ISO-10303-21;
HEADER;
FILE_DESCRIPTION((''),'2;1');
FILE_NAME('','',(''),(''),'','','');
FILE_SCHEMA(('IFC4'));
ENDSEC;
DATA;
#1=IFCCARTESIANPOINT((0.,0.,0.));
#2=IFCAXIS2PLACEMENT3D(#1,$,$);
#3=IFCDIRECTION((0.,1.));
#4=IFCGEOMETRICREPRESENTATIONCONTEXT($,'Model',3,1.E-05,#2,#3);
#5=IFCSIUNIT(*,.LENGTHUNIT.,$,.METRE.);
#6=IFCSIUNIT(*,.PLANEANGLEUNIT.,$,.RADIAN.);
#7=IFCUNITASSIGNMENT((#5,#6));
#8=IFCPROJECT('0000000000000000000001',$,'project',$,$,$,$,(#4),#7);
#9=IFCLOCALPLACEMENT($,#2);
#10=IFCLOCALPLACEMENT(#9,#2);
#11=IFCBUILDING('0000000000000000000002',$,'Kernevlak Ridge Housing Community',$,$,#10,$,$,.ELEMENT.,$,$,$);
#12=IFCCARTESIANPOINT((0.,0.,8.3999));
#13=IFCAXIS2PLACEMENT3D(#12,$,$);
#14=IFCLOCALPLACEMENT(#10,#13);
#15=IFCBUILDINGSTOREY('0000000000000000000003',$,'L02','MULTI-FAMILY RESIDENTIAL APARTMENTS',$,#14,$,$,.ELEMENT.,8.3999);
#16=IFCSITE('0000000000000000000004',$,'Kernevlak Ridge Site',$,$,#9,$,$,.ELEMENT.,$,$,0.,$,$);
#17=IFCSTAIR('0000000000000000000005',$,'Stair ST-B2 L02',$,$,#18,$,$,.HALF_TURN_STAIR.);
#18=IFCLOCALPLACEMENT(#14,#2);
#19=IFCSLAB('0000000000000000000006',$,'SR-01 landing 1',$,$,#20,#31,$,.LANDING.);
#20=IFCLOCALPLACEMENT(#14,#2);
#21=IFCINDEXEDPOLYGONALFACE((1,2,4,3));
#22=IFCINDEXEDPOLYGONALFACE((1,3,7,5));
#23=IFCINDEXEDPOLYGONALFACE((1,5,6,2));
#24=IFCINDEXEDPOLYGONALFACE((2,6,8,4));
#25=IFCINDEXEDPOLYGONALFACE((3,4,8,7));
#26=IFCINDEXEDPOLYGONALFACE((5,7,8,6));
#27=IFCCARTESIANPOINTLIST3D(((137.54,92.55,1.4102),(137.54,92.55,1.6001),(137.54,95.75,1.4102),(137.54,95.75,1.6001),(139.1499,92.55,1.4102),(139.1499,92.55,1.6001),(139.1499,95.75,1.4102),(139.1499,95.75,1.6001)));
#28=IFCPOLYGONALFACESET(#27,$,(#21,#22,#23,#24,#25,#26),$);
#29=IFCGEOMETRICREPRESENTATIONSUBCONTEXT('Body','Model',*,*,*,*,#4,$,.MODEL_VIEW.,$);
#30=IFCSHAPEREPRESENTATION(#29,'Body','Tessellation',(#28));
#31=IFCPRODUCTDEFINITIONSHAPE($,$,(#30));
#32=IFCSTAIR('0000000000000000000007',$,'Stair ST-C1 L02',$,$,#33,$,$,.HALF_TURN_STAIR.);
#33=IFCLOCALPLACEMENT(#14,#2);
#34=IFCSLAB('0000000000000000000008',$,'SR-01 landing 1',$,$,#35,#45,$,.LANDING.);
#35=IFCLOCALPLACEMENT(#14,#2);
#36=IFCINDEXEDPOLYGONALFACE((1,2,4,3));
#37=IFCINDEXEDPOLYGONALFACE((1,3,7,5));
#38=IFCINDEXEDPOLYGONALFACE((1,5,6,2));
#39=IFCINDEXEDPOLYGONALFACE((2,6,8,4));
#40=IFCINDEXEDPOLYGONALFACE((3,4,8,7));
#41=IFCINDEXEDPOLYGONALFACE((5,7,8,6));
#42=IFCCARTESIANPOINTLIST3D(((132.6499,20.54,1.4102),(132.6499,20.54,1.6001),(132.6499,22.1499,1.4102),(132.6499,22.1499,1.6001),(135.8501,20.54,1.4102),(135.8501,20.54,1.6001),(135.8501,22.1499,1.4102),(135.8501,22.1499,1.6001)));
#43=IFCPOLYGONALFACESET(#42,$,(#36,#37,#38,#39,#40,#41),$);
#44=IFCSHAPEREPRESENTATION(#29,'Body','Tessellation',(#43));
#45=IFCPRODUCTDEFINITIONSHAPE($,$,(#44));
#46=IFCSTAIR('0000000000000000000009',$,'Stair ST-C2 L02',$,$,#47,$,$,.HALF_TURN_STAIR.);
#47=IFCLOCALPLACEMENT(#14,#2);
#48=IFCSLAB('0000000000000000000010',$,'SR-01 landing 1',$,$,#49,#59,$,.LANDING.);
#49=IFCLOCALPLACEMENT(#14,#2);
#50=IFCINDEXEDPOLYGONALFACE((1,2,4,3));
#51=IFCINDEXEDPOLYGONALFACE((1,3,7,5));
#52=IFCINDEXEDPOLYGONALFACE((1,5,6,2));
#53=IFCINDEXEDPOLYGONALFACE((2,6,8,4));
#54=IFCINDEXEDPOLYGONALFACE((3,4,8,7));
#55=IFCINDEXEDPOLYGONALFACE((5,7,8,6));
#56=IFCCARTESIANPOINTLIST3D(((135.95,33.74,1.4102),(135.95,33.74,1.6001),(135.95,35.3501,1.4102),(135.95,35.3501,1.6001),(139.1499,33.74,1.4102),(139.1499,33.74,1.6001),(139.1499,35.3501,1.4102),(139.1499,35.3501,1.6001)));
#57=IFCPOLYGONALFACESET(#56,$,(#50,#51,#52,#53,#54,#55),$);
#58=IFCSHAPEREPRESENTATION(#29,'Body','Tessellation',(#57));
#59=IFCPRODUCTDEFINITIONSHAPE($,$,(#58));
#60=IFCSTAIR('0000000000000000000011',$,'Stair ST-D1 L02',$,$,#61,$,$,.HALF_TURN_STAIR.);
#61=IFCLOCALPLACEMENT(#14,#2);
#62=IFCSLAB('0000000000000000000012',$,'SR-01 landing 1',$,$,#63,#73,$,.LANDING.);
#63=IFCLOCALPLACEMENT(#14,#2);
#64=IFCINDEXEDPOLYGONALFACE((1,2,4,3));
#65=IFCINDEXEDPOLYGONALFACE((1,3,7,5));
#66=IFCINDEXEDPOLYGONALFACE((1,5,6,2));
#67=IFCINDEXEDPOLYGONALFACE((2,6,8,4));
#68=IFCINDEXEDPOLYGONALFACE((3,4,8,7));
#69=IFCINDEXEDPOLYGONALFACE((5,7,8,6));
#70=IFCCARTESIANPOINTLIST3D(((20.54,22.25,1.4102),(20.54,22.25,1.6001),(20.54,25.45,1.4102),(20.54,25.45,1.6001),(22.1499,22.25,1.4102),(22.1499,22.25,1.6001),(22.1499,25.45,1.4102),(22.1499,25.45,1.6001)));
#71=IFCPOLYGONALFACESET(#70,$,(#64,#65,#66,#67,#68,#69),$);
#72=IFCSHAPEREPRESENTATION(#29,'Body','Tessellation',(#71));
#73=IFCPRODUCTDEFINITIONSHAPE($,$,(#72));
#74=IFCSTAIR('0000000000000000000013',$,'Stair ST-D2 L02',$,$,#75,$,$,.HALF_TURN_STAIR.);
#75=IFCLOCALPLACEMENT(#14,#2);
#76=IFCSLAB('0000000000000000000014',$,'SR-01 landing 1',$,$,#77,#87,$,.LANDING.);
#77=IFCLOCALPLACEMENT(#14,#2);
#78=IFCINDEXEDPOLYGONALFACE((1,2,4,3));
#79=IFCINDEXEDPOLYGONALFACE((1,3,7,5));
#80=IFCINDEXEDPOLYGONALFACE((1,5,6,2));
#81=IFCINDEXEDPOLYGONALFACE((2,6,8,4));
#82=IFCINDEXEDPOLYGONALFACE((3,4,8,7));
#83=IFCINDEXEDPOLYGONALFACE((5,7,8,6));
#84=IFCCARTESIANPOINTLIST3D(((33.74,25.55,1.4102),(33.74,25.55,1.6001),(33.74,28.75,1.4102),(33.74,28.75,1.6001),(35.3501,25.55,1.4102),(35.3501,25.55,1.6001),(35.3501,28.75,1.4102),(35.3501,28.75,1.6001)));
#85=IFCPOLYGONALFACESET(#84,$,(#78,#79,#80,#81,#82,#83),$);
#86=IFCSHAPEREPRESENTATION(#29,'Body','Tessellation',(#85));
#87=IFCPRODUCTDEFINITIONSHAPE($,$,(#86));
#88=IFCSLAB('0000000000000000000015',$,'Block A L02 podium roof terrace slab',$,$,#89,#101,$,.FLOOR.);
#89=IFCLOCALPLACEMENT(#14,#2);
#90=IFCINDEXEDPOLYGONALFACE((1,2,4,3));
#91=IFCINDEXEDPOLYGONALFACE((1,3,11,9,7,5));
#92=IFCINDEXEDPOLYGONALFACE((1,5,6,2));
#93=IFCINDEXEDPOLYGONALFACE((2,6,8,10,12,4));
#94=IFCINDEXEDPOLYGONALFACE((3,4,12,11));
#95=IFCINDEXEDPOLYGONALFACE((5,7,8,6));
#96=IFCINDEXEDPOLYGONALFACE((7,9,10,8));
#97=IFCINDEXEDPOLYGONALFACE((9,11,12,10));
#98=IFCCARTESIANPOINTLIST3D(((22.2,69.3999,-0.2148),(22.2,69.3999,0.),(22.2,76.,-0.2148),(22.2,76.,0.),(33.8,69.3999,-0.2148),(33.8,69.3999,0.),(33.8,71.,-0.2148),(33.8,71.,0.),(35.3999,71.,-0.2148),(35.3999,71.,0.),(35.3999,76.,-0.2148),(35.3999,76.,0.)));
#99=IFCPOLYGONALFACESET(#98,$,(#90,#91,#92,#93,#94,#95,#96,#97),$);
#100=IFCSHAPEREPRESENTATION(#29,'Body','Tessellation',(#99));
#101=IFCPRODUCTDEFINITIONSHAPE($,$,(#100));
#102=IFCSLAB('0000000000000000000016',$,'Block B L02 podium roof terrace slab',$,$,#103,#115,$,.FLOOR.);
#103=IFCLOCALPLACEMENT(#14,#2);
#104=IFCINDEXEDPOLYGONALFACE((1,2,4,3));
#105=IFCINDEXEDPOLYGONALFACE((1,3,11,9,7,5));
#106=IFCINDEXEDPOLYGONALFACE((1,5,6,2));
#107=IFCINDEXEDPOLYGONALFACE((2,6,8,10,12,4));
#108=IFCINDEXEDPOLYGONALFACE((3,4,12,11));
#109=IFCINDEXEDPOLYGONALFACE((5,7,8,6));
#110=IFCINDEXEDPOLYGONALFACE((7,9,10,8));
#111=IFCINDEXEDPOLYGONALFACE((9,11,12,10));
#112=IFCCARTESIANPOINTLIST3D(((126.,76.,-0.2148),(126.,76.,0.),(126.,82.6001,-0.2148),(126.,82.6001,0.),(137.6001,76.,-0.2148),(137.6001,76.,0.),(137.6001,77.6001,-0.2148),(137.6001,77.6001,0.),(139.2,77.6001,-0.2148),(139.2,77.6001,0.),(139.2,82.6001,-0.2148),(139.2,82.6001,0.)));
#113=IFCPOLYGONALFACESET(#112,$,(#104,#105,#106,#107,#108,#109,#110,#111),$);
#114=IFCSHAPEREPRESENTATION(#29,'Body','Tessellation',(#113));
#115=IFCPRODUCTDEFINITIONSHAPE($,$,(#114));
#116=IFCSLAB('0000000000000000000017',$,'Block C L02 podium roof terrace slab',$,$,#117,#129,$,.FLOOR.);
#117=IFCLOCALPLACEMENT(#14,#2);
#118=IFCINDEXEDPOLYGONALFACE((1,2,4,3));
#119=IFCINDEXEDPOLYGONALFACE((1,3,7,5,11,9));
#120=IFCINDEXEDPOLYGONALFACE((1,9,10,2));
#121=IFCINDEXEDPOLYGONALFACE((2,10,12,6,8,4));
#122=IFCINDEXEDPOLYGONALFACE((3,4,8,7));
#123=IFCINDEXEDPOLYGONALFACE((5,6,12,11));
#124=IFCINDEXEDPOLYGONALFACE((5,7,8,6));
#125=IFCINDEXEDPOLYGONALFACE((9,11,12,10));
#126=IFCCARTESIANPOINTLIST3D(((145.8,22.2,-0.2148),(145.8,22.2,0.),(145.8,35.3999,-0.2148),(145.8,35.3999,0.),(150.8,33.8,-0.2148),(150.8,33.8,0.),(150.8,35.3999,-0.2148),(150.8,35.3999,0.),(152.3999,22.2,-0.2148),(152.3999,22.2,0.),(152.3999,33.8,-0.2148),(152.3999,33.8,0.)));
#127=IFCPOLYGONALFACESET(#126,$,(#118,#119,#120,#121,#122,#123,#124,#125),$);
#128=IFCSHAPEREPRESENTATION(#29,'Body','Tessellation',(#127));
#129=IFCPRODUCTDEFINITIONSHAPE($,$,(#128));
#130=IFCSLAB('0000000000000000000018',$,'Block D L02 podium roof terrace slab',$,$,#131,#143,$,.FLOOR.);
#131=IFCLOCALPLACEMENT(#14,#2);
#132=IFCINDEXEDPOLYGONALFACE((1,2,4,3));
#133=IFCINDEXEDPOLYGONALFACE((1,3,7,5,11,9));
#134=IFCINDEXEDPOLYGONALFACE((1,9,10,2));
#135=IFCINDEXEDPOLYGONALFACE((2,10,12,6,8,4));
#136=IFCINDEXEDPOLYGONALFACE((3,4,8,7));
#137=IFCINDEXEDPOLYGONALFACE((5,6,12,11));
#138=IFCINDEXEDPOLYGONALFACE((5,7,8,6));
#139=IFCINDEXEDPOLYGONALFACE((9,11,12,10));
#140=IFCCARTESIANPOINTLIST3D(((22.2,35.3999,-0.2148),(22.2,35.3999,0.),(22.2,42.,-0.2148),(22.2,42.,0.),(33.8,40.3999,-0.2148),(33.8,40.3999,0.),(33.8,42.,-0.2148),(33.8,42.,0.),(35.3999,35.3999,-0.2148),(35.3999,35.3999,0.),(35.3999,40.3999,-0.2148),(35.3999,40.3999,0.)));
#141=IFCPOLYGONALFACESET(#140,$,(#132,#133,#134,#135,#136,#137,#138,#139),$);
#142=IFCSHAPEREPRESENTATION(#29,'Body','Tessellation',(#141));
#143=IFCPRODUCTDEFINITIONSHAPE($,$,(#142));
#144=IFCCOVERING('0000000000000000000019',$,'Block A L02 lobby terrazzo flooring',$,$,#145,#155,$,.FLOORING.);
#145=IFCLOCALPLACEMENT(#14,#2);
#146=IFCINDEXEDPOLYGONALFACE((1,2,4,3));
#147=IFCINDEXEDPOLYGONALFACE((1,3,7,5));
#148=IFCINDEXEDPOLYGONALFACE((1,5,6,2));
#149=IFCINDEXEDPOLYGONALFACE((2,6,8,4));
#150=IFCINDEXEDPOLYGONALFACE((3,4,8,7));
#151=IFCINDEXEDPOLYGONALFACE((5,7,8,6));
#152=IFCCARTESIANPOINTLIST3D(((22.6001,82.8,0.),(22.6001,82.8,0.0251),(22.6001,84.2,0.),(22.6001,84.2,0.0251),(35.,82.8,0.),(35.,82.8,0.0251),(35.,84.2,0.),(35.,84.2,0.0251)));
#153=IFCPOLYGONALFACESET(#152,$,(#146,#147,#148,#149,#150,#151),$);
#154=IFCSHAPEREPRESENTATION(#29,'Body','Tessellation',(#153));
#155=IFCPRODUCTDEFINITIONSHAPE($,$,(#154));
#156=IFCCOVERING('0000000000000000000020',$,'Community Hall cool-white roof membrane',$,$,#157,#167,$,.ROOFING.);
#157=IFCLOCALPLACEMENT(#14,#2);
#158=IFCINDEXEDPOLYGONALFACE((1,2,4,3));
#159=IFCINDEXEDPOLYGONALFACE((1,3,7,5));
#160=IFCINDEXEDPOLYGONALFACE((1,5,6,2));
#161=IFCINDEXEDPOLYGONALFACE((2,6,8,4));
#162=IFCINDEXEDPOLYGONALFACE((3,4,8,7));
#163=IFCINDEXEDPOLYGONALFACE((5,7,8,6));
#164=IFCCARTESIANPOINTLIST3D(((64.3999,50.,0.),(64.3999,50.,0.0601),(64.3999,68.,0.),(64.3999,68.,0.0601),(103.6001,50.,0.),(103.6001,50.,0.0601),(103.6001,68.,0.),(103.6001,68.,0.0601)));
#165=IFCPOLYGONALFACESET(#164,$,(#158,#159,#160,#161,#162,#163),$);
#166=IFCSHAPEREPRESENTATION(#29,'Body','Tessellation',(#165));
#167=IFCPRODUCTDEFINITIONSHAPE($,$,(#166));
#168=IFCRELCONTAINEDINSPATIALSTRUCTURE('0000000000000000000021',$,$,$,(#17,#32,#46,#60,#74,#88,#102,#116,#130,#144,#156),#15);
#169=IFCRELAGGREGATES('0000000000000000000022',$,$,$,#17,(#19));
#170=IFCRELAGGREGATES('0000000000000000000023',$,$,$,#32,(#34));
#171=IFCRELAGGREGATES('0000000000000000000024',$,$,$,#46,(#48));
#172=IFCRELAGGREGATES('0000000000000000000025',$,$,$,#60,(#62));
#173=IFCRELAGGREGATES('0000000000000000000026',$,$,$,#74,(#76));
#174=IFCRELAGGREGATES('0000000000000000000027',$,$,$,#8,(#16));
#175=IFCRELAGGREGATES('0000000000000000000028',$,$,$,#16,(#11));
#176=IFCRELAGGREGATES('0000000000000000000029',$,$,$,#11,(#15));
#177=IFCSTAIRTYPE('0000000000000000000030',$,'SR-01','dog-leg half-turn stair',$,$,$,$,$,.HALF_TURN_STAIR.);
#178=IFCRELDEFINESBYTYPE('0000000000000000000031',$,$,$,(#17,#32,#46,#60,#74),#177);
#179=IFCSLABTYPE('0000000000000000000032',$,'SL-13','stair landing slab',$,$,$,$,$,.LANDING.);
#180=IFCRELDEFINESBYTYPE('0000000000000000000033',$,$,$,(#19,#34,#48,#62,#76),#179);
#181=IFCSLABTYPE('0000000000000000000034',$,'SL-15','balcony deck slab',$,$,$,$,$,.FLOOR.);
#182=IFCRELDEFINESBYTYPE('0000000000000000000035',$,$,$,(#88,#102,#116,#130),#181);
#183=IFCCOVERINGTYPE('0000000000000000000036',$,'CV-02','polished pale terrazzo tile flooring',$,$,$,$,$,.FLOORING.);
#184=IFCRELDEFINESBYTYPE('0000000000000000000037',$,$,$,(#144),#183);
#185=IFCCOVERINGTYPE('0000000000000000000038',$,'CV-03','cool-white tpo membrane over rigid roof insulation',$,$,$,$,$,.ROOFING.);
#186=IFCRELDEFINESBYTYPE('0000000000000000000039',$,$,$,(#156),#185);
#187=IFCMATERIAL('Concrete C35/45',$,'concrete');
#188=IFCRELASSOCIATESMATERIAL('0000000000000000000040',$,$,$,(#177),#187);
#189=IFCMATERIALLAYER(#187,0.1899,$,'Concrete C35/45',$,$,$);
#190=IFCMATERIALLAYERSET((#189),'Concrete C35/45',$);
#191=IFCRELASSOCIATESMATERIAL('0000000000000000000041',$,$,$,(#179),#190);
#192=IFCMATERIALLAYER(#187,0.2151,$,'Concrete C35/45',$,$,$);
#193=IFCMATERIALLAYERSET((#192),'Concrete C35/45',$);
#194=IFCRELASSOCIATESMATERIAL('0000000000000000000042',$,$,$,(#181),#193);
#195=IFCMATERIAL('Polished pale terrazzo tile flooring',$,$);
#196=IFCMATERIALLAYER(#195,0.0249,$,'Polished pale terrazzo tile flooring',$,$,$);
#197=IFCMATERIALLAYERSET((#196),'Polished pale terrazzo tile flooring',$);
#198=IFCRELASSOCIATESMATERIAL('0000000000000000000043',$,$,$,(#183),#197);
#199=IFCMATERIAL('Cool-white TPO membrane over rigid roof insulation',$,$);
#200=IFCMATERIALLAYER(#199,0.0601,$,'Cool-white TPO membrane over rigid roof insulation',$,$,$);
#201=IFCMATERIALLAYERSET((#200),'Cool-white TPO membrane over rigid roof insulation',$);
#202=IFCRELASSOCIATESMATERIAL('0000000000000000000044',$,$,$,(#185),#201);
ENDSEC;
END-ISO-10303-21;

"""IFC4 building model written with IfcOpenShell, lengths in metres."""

from ifc_helpers import new_model, si_unit, direction, frame, origin, place, context, subcontext, project, spatial, polyline, outline, extrude, material, layer, layer_set, type_object, element, aggregate, save


model = new_model("IFC4")

# Units and contexts
model_context = context("Model", 3, precision=1e-05, world=origin(), true_north=direction((0.0, 1.0)))
body_context = subcontext(model_context, "Body", "Model", "MODEL_VIEW")
ifc_project = project(units=[si_unit("LENGTHUNIT", "METRE"), si_unit("PLANEANGLEUNIT", "RADIAN")], contexts=[model_context])

# Site, building, storey
site_placement = place(None, origin())
site = spatial("IfcSite", under=ifc_project, at=site_placement, Name="Kernevlak Ridge Site", CompositionType="ELEMENT", RefElevation=0.0)
building_placement = place(site_placement, origin())
building = spatial("IfcBuilding", under=site, at=building_placement, Name="Kernevlak Ridge Housing Community", CompositionType="ELEMENT")
storey_placement = place(building_placement, frame((0.0, 0.0, 8.3999)))
storey = spatial("IfcBuildingStorey", under=building, at=storey_placement, Name="L02", Description="MULTI-FAMILY RESIDENTIAL APARTMENTS", CompositionType="ELEMENT", Elevation=8.3999)

# Shared definitions
ifc_material_1 = material(Name="Concrete C35/45", Category="concrete")

# Stairs, slabs
stair_type = type_object("IfcStairType", Name="SR-01", Description="dog-leg half-turn stair", PredefinedType="HALF_TURN_STAIR", material=ifc_material_1)
ifc_layer_1 = layer(ifc_material_1, 0.1899, Name="Concrete C35/45")
ifc_layer_set_1 = layer_set([ifc_layer_1], Name="Concrete C35/45")
slab_type_1 = type_object("IfcSlabType", Name="SL-13", Description="stair landing slab", PredefinedType="LANDING", material=ifc_layer_set_1)
stair_1_placement = place(storey_placement, origin())
stair_1 = element("IfcStair", 1, at=stair_1_placement, inside=storey, type_object=stair_type, Name="Stair ST-B2 L02", PredefinedType="HALF_TURN_STAIR")
slab_1_placement = place(storey_placement, frame((0.0, 0.0, 1.4102)))
slab_1 = element("IfcSlab", 2, at=slab_1_placement, type_object=slab_type_1, Name="SR-01 landing 1", PredefinedType="LANDING", context=body_context, shape_type="SweptSolid", body=[
    extrude(outline(polyline([(137.54, 92.55), (139.1499, 92.55), (139.1499, 95.75), (137.54, 95.75), (137.54, 92.55)])), origin(), (0.0, 0.0, 1.0), 0.1899),
])
aggregate(stair_1, [slab_1])
stair_2_placement = place(storey_placement, origin())
stair_2 = element("IfcStair", 3, at=stair_2_placement, inside=storey, type_object=stair_type, Name="Stair ST-C1 L02", PredefinedType="HALF_TURN_STAIR")
slab_2_placement = place(storey_placement, frame((0.0, 0.0, 1.4102)))
slab_2 = element("IfcSlab", 4, at=slab_2_placement, type_object=slab_type_1, Name="SR-01 landing 1", PredefinedType="LANDING", context=body_context, shape_type="SweptSolid", body=[
    extrude(outline(polyline([(135.8501, 20.54), (135.8501, 22.1499), (132.6499, 22.1499), (132.6499, 20.54), (135.8501, 20.54)])), origin(), (0.0, 0.0, 1.0), 0.1899),
])
aggregate(stair_2, [slab_2])
stair_3_placement = place(storey_placement, origin())
stair_3 = element("IfcStair", 5, at=stair_3_placement, inside=storey, type_object=stair_type, Name="Stair ST-C2 L02", PredefinedType="HALF_TURN_STAIR")
slab_3_placement = place(storey_placement, frame((0.0, 0.0, 1.4102)))
slab_3 = element("IfcSlab", 6, at=slab_3_placement, type_object=slab_type_1, Name="SR-01 landing 1", PredefinedType="LANDING", context=body_context, shape_type="SweptSolid", body=[
    extrude(outline(polyline([(139.1499, 33.74), (139.1499, 35.3501), (135.95, 35.3501), (135.95, 33.74), (139.1499, 33.74)])), origin(), (0.0, 0.0, 1.0), 0.1899),
])
aggregate(stair_3, [slab_3])
stair_4_placement = place(storey_placement, origin())
stair_4 = element("IfcStair", 7, at=stair_4_placement, inside=storey, type_object=stair_type, Name="Stair ST-D1 L02", PredefinedType="HALF_TURN_STAIR")
slab_4_placement = place(storey_placement, frame((0.0, 0.0, 1.4102)))
slab_4 = element("IfcSlab", 8, at=slab_4_placement, type_object=slab_type_1, Name="SR-01 landing 1", PredefinedType="LANDING", context=body_context, shape_type="SweptSolid", body=[
    extrude(outline(polyline([(20.54, 22.25), (22.1499, 22.25), (22.1499, 25.45), (20.54, 25.45), (20.54, 22.25)])), origin(), (0.0, 0.0, 1.0), 0.1899),
])
aggregate(stair_4, [slab_4])
stair_5_placement = place(storey_placement, origin())
stair_5 = element("IfcStair", 9, at=stair_5_placement, inside=storey, type_object=stair_type, Name="Stair ST-D2 L02", PredefinedType="HALF_TURN_STAIR")
slab_5_placement = place(storey_placement, frame((0.0, 0.0, 1.4102)))
slab_5 = element("IfcSlab", 10, at=slab_5_placement, type_object=slab_type_1, Name="SR-01 landing 1", PredefinedType="LANDING", context=body_context, shape_type="SweptSolid", body=[
    extrude(outline(polyline([(33.74, 25.55), (35.3501, 25.55), (35.3501, 28.75), (33.74, 28.75), (33.74, 25.55)])), origin(), (0.0, 0.0, 1.0), 0.1899),
])
aggregate(stair_5, [slab_5])

# Slabs
ifc_layer_2 = layer(ifc_material_1, 0.2151, Name="Concrete C35/45")
ifc_layer_set_2 = layer_set([ifc_layer_2], Name="Concrete C35/45")
slab_type_2 = type_object("IfcSlabType", Name="SL-15", Description="balcony deck slab", PredefinedType="FLOOR", material=ifc_layer_set_2)
slab_6_placement = place(storey_placement, frame((0.0, 0.0, -0.2148)))
element("IfcSlab", 11, at=slab_6_placement, inside=storey, type_object=slab_type_2, Name="Block A L02 podium roof terrace slab", PredefinedType="FLOOR", context=body_context, shape_type="SweptSolid", body=[
    extrude(outline(polyline([(22.2, 69.3999), (33.8, 69.3999), (33.8, 71.0), (35.3999, 71.0), (35.3999, 76.0), (22.2, 76.0), (22.2, 69.3999)])), origin(), (0.0, 0.0, 1.0), 0.2148),
])
slab_7_placement = place(storey_placement, frame((0.0, 0.0, -0.2148)))
element("IfcSlab", 12, at=slab_7_placement, inside=storey, type_object=slab_type_2, Name="Block B L02 podium roof terrace slab", PredefinedType="FLOOR", context=body_context, shape_type="SweptSolid", body=[
    extrude(outline(polyline([(126.0, 76.0), (137.6001, 76.0), (137.6001, 77.6001), (139.2, 77.6001), (139.2, 82.6001), (126.0, 82.6001), (126.0, 76.0)])), origin(), (0.0, 0.0, 1.0), 0.2148),
])
slab_8_placement = place(storey_placement, frame((0.0, 0.0, -0.2148)))
element("IfcSlab", 13, at=slab_8_placement, inside=storey, type_object=slab_type_2, Name="Block C L02 podium roof terrace slab", PredefinedType="FLOOR", context=body_context, shape_type="SweptSolid", body=[
    extrude(outline(polyline([(152.3999, 22.2), (152.3999, 33.8), (150.8, 33.8), (150.8, 35.3999), (145.8, 35.3999), (145.8, 22.2), (152.3999, 22.2)])), origin(), (0.0, 0.0, 1.0), 0.2148),
])
slab_9_placement = place(storey_placement, frame((0.0, 0.0, -0.2148)))
element("IfcSlab", 14, at=slab_9_placement, inside=storey, type_object=slab_type_2, Name="Block D L02 podium roof terrace slab", PredefinedType="FLOOR", context=body_context, shape_type="SweptSolid", body=[
    extrude(outline(polyline([(22.2, 35.3999), (35.3999, 35.3999), (35.3999, 40.3999), (33.8, 40.3999), (33.8, 42.0), (22.2, 42.0), (22.2, 35.3999)])), origin(), (0.0, 0.0, 1.0), 0.2148),
])

# Coverings
ifc_material_2 = material(Name="Polished pale terrazzo tile flooring")
ifc_layer_3 = layer(ifc_material_2, 0.0249, Name="Polished pale terrazzo tile flooring")
ifc_layer_set_3 = layer_set([ifc_layer_3], Name="Polished pale terrazzo tile flooring")
covering_type_1 = type_object("IfcCoveringType", Name="CV-02", Description="polished pale terrazzo tile flooring", PredefinedType="FLOORING", material=ifc_layer_set_3)
covering_1_placement = place(storey_placement, origin())
element("IfcCovering", 15, at=covering_1_placement, inside=storey, type_object=covering_type_1, Name="Block A L02 lobby terrazzo flooring", PredefinedType="FLOORING", context=body_context, shape_type="SweptSolid", body=[
    extrude(outline(polyline([(22.6001, 82.8), (35.0, 82.8), (35.0, 84.2), (22.6001, 84.2), (22.6001, 82.8)])), origin(), (0.0, 0.0, 1.0), 0.0251),
])
ifc_material_3 = material(Name="Cool-white TPO membrane over rigid roof insulation")
ifc_layer_4 = layer(ifc_material_3, 0.0601, Name="Cool-white TPO membrane over rigid roof insulation")
ifc_layer_set_4 = layer_set([ifc_layer_4], Name="Cool-white TPO membrane over rigid roof insulation")
covering_type_2 = type_object("IfcCoveringType", Name="CV-03", Description="cool-white tpo membrane over rigid roof insulation", PredefinedType="ROOFING", material=ifc_layer_set_4)
covering_2_placement = place(storey_placement, origin())
element("IfcCovering", 16, at=covering_2_placement, inside=storey, type_object=covering_type_2, Name="Community Hall cool-white roof membrane", PredefinedType="ROOFING", context=body_context, shape_type="SweptSolid", body=[
    extrude(outline(polyline([(64.3999, 50.0), (103.6001, 50.0), (103.6001, 68.0), (64.3999, 68.0), (64.3999, 50.0)])), origin(), (0.0, 0.0, 1.0), 0.0601),
])

save(model, "model.ifc")
